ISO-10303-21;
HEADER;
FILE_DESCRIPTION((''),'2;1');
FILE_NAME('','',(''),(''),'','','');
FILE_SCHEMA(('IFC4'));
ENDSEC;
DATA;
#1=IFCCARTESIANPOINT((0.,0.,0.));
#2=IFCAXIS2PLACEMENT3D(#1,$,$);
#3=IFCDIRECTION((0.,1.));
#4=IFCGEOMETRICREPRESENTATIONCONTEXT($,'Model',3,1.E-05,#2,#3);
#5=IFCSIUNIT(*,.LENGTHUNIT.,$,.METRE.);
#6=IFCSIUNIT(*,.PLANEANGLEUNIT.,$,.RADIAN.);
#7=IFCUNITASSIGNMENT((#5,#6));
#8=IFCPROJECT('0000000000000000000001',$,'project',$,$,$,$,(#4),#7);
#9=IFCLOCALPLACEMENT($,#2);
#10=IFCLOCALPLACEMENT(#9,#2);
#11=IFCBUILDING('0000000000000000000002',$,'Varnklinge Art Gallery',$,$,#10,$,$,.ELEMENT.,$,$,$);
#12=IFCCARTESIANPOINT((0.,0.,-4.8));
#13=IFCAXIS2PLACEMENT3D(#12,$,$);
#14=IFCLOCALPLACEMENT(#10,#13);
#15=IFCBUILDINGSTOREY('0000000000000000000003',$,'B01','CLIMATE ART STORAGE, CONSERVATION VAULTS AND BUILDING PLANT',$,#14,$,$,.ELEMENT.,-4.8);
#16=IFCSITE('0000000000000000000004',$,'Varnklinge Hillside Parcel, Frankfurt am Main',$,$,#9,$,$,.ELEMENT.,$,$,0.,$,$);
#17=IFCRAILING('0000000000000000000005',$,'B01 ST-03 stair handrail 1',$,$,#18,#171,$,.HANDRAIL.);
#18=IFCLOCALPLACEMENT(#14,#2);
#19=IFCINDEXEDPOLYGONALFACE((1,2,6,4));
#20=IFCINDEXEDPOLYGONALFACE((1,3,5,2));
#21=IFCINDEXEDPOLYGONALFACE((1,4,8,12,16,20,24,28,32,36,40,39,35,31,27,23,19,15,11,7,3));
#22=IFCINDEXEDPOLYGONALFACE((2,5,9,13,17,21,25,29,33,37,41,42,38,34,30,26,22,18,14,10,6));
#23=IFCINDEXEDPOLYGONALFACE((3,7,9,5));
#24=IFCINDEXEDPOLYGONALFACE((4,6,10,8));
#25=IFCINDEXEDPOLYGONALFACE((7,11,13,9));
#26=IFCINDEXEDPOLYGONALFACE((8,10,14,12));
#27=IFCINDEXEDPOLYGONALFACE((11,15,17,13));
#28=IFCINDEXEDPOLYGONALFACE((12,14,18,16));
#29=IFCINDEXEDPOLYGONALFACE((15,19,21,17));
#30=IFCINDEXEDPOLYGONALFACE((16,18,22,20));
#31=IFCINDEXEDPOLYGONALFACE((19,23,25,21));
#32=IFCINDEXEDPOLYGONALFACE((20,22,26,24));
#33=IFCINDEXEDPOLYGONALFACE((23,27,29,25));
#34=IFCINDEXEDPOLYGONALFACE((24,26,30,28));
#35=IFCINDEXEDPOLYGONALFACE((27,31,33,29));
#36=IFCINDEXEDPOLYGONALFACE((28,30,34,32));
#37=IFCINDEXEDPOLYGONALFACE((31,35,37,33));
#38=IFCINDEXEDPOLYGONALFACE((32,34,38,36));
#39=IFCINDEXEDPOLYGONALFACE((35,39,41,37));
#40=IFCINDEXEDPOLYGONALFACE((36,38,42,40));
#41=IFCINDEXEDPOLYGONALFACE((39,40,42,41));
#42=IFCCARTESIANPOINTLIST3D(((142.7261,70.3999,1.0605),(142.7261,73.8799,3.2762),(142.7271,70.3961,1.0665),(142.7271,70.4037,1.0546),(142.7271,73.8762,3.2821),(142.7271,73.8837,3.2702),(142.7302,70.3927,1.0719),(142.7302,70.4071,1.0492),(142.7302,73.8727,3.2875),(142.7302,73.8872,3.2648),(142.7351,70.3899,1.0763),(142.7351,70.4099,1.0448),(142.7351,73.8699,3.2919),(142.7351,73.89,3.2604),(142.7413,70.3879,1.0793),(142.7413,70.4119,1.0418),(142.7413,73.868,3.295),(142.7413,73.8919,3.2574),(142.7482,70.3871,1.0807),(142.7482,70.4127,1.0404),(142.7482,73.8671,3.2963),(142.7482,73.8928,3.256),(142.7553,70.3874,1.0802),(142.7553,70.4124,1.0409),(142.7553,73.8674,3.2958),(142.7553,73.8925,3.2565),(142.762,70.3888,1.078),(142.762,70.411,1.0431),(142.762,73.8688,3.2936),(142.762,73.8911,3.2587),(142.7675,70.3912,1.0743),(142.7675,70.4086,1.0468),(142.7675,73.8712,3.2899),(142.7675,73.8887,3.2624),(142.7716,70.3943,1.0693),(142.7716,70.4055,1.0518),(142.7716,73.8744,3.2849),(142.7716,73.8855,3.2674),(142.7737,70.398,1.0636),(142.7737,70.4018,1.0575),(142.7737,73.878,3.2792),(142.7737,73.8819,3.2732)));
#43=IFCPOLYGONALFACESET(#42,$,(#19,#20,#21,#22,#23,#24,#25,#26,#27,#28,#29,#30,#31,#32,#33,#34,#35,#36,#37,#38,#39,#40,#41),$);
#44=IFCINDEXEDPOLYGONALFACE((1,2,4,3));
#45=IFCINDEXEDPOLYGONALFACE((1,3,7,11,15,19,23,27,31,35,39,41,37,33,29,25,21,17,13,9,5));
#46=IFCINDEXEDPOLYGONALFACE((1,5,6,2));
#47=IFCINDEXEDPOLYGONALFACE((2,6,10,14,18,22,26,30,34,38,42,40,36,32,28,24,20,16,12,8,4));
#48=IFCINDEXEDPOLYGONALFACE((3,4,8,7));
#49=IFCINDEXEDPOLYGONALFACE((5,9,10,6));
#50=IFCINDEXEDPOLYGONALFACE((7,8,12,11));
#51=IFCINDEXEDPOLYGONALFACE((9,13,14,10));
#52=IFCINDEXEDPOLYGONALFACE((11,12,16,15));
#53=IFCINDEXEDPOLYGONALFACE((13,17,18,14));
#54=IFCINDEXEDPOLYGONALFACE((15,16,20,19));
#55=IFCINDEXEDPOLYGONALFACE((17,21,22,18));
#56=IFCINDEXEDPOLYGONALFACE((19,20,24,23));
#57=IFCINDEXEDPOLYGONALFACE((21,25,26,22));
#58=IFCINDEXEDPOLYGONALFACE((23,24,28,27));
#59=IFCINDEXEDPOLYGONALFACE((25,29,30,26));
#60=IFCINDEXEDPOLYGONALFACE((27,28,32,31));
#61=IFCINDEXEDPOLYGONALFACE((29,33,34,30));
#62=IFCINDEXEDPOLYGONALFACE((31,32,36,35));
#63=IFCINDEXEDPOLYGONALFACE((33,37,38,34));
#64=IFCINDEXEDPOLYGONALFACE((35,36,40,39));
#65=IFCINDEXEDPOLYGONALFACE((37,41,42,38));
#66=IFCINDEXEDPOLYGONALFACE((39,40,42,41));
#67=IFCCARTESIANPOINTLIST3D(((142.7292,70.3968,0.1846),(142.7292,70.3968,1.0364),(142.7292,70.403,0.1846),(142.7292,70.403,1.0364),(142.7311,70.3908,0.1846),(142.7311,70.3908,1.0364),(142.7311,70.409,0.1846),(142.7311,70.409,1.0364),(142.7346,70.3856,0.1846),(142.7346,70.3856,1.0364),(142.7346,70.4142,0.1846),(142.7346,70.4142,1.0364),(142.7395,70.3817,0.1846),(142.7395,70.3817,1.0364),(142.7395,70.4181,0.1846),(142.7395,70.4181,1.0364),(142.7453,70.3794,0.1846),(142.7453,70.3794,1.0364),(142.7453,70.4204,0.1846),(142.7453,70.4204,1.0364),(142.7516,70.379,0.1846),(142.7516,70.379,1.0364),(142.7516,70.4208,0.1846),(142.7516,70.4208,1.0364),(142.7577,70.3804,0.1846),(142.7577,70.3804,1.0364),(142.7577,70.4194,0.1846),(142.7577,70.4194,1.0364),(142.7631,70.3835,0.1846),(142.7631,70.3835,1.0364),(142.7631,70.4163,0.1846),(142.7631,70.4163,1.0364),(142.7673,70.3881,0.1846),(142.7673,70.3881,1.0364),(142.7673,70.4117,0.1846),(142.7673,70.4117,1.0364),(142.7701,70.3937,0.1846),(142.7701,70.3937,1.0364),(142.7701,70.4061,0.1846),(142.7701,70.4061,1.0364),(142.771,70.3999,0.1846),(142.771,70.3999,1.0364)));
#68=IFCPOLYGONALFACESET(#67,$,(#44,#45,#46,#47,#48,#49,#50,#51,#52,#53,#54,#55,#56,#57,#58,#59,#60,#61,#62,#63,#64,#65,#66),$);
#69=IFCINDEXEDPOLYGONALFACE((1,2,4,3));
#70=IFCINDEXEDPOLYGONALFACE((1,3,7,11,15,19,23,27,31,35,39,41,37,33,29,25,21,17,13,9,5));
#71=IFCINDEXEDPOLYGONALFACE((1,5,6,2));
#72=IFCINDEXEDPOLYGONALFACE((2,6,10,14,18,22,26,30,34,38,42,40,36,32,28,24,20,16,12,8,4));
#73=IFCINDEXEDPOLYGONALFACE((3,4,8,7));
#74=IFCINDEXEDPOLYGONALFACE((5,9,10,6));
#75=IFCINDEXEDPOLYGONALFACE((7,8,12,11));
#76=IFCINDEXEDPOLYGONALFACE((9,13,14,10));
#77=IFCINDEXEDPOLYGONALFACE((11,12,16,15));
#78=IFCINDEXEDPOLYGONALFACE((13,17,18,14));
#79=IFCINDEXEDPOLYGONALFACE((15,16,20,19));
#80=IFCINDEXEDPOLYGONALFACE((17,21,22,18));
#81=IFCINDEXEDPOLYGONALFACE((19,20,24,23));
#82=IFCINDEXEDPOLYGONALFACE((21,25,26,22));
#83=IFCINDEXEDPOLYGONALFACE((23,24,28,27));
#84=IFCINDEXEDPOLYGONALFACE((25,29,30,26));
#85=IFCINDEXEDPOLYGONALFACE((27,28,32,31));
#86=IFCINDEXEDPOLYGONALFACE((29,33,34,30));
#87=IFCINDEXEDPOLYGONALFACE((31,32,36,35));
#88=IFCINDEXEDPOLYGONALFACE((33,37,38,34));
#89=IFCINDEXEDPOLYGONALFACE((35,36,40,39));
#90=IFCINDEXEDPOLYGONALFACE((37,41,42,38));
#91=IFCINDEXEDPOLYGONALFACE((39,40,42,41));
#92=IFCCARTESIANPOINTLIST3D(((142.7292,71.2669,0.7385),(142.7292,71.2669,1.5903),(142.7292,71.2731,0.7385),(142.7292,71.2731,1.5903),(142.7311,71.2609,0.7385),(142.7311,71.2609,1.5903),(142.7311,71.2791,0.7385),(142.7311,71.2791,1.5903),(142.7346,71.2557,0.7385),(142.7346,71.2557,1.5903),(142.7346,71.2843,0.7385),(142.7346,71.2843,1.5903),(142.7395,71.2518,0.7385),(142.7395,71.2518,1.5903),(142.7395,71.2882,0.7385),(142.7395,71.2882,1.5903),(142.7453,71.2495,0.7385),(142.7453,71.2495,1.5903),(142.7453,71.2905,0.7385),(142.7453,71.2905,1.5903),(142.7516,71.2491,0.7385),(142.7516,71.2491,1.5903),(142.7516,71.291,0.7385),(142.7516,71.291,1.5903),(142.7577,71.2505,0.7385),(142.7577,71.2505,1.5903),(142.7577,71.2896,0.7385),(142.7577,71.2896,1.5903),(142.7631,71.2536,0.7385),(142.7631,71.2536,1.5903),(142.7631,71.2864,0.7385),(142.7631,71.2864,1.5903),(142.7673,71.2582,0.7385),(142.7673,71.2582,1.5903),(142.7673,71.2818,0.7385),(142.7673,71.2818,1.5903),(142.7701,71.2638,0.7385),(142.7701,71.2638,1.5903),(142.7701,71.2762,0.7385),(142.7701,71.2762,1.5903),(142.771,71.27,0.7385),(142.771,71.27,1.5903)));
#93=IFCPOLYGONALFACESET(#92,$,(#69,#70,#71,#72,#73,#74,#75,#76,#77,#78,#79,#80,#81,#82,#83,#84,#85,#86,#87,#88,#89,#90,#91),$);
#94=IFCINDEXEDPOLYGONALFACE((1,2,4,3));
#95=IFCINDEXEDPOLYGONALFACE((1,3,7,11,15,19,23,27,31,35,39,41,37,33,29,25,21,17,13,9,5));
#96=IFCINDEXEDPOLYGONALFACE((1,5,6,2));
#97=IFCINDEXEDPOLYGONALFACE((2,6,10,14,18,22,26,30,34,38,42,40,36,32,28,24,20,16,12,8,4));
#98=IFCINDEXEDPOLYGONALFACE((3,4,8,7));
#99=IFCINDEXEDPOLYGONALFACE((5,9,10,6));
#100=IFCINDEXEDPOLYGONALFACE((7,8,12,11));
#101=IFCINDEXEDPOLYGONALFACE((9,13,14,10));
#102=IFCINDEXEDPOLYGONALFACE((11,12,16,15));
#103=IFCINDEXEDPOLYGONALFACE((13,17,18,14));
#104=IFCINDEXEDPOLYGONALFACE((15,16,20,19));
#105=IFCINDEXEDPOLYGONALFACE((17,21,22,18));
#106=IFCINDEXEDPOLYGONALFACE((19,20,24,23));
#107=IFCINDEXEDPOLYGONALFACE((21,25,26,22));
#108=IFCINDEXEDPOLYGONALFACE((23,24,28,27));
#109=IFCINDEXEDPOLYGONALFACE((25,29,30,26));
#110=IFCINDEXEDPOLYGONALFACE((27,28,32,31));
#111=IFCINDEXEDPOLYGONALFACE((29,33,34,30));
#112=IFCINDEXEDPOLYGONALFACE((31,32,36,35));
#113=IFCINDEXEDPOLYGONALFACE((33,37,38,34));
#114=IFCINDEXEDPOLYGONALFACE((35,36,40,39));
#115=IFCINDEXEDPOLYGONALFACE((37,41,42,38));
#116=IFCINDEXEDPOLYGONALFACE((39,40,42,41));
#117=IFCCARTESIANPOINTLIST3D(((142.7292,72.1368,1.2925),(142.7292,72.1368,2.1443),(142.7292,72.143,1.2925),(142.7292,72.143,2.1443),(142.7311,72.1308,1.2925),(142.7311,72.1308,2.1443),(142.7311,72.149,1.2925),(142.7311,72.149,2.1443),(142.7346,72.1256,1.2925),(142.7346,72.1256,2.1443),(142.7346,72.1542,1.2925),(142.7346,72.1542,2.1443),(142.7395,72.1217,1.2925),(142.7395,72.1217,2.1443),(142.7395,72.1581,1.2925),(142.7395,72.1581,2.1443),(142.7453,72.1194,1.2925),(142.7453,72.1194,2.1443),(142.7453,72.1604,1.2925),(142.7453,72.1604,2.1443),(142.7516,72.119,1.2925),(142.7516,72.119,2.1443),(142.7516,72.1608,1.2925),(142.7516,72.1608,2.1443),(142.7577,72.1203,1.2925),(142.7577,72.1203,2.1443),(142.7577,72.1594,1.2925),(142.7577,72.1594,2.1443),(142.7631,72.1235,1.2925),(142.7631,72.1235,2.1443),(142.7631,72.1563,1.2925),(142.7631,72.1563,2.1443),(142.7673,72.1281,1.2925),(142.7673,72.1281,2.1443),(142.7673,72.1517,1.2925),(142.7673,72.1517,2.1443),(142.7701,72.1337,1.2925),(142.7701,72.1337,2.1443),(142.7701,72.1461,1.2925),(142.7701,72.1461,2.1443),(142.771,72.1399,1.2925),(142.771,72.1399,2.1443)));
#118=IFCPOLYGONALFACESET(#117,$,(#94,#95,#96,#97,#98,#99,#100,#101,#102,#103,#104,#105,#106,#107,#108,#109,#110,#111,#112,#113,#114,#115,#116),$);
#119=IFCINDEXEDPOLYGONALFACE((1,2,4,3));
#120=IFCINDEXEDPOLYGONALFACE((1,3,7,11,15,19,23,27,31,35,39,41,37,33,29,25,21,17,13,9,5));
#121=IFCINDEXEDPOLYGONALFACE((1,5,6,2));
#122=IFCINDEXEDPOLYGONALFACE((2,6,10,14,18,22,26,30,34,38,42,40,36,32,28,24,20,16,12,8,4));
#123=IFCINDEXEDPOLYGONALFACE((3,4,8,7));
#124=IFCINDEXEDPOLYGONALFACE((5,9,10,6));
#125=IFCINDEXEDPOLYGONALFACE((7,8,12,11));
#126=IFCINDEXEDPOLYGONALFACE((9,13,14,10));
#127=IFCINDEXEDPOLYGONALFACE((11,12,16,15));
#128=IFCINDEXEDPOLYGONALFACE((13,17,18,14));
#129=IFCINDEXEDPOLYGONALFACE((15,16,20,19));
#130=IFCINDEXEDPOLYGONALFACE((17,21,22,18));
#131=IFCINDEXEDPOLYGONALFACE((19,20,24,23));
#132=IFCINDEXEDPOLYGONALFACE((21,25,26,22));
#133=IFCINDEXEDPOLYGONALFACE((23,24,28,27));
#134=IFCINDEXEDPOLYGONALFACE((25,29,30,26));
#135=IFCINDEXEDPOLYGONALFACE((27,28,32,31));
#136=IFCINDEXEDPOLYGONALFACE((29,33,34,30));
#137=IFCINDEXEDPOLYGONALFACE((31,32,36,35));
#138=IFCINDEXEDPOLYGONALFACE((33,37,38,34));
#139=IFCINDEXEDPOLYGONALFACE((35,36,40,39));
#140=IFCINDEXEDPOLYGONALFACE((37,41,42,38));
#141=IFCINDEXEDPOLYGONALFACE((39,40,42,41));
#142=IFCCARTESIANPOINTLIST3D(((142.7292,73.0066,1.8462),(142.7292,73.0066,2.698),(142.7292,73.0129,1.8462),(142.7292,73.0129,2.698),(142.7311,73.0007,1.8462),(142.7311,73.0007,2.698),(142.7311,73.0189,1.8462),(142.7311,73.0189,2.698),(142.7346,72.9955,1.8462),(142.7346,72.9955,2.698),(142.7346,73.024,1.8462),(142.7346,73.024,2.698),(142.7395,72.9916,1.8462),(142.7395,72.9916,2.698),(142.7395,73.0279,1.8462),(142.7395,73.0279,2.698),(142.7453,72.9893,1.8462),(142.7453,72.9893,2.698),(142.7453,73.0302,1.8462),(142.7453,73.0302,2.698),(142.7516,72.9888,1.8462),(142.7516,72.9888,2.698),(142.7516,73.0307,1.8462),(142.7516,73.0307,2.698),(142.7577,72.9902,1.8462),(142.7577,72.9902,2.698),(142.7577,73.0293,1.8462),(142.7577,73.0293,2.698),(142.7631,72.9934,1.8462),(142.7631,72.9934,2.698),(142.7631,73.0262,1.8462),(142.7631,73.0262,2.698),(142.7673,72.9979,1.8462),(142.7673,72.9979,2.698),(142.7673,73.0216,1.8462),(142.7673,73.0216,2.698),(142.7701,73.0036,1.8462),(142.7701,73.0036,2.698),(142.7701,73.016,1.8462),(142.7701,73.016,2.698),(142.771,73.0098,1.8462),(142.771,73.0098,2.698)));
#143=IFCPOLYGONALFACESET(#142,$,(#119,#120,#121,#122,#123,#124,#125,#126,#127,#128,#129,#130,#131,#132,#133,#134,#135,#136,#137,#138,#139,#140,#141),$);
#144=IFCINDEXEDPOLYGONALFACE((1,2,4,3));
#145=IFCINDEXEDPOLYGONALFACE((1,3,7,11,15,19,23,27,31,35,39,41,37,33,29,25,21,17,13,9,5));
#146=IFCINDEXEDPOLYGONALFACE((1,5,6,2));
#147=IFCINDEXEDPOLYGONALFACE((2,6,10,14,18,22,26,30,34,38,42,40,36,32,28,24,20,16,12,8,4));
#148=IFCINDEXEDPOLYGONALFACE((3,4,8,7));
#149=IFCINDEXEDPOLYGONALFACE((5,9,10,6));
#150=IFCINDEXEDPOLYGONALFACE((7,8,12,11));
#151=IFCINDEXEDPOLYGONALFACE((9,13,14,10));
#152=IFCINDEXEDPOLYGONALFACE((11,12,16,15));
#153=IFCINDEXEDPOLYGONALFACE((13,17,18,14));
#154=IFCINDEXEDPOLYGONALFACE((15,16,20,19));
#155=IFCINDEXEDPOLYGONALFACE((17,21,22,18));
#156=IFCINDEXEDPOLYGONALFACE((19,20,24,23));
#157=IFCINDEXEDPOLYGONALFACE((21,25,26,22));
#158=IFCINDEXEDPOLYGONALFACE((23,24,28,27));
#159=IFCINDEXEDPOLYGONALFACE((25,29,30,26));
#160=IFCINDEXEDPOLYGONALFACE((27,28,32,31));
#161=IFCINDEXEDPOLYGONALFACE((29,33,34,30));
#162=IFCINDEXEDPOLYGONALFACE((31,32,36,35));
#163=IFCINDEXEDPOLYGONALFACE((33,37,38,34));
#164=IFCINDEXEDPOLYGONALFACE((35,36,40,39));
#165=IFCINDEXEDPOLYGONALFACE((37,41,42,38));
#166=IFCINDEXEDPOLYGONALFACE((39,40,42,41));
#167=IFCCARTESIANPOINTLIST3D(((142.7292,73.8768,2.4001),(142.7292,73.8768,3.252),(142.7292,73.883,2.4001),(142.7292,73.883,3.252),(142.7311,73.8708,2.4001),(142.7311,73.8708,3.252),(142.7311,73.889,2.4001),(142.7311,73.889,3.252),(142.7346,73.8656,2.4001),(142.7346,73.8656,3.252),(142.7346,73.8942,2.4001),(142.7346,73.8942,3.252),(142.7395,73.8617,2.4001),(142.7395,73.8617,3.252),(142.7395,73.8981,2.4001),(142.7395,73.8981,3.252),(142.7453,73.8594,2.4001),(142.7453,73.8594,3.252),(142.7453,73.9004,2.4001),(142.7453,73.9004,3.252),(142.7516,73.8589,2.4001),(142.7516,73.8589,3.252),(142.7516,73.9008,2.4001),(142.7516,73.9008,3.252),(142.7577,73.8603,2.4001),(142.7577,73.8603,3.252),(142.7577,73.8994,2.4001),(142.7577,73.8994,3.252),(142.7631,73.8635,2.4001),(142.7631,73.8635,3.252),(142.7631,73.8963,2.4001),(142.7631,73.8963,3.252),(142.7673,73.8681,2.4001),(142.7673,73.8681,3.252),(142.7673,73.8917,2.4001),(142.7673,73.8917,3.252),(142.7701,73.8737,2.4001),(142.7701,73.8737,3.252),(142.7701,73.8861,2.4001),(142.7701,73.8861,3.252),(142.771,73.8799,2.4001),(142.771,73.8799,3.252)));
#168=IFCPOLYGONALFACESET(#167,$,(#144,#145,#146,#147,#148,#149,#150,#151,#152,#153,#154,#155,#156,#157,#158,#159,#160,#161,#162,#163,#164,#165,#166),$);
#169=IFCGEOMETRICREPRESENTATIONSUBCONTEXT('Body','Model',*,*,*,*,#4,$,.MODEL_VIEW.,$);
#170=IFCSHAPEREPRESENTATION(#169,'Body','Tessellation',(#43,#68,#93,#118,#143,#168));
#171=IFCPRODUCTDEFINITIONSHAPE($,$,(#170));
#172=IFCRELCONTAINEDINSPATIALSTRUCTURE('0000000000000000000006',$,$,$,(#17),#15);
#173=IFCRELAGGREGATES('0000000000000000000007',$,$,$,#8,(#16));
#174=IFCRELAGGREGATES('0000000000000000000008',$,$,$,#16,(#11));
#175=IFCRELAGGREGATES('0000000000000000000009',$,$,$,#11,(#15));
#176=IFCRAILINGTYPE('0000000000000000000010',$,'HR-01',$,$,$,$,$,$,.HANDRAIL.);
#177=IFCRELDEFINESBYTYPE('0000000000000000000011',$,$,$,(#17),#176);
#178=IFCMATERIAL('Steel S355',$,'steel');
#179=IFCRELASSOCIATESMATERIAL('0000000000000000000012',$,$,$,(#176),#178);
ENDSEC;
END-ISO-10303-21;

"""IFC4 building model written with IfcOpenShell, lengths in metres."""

from ifc_helpers import new_model, si_unit, direction, frame, origin, origin_2d, place, context, subcontext, project, spatial, circle, extrude, material, type_object, element, save


model = new_model("IFC4")

# Units and contexts
model_context = context("Model", 3, precision=1e-05, world=origin(), true_north=direction((0.0, 1.0)))
body_context = subcontext(model_context, "Body", "Model", "MODEL_VIEW")
ifc_project = project(units=[si_unit("LENGTHUNIT", "METRE"), si_unit("PLANEANGLEUNIT", "RADIAN")], contexts=[model_context])

# Site, building, storey
site_placement = place(None, origin())
site = spatial("IfcSite", under=ifc_project, at=site_placement, Name="Varnklinge Hillside Parcel, Frankfurt am Main", CompositionType="ELEMENT", RefElevation=0.0)
building_placement = place(site_placement, origin())
building = spatial("IfcBuilding", under=site, at=building_placement, Name="Varnklinge Art Gallery", CompositionType="ELEMENT")
storey_placement = place(building_placement, frame((0.0, 0.0, -4.8)))
storey = spatial("IfcBuildingStorey", under=building, at=storey_placement, Name="B01", Description="CLIMATE ART STORAGE, CONSERVATION VAULTS AND BUILDING PLANT", CompositionType="ELEMENT", Elevation=-4.8)

# Railing
ifc_material_1 = material(Name="Steel S355", Category="steel")
railing_type_1 = type_object("IfcRailingType", Name="HR-01", PredefinedType="HANDRAIL", material=ifc_material_1)
railing_1_placement = place(storey_placement, frame((142.75, 70.3999, 0.1846)))
element("IfcRailing", 1, at=railing_1_placement, inside=storey, type_object=railing_type_1, Name="B01 ST-03 stair handrail 1", PredefinedType="HANDRAIL", context=body_context, shape_type="SweptSolid", body=[
    extrude(circle(Radius=0.0239, at=origin_2d()), frame((0.0, 0.0, 0.876), z_axis=(0.0, 0.843547, 0.537055), x_axis=(-1.0, 0.0, 0.0)), (0.0, 0.0, 1.0), 4.1255),
    extrude(circle(Radius=0.021, at=origin_2d()), origin(), (0.0, 0.0, 1.0), 0.8518),
    extrude(circle(Radius=0.021, at=origin_2d()), frame((0.0, 0.8701, 0.554)), (0.0, 0.0, 1.0), 0.8518),
    extrude(circle(Radius=0.021, at=origin_2d()), frame((0.0, 1.74, 1.1079)), (0.0, 0.0, 1.0), 0.8518),
    extrude(circle(Radius=0.021, at=origin_2d()), frame((0.0, 2.6099, 1.6616)), (0.0, 0.0, 1.0), 0.8518),
    extrude(circle(Radius=0.021, at=origin_2d()), frame((0.0, 3.48, 2.2156)), (0.0, 0.0, 1.0), 0.8518),
])

save(model, "model.ifc")
